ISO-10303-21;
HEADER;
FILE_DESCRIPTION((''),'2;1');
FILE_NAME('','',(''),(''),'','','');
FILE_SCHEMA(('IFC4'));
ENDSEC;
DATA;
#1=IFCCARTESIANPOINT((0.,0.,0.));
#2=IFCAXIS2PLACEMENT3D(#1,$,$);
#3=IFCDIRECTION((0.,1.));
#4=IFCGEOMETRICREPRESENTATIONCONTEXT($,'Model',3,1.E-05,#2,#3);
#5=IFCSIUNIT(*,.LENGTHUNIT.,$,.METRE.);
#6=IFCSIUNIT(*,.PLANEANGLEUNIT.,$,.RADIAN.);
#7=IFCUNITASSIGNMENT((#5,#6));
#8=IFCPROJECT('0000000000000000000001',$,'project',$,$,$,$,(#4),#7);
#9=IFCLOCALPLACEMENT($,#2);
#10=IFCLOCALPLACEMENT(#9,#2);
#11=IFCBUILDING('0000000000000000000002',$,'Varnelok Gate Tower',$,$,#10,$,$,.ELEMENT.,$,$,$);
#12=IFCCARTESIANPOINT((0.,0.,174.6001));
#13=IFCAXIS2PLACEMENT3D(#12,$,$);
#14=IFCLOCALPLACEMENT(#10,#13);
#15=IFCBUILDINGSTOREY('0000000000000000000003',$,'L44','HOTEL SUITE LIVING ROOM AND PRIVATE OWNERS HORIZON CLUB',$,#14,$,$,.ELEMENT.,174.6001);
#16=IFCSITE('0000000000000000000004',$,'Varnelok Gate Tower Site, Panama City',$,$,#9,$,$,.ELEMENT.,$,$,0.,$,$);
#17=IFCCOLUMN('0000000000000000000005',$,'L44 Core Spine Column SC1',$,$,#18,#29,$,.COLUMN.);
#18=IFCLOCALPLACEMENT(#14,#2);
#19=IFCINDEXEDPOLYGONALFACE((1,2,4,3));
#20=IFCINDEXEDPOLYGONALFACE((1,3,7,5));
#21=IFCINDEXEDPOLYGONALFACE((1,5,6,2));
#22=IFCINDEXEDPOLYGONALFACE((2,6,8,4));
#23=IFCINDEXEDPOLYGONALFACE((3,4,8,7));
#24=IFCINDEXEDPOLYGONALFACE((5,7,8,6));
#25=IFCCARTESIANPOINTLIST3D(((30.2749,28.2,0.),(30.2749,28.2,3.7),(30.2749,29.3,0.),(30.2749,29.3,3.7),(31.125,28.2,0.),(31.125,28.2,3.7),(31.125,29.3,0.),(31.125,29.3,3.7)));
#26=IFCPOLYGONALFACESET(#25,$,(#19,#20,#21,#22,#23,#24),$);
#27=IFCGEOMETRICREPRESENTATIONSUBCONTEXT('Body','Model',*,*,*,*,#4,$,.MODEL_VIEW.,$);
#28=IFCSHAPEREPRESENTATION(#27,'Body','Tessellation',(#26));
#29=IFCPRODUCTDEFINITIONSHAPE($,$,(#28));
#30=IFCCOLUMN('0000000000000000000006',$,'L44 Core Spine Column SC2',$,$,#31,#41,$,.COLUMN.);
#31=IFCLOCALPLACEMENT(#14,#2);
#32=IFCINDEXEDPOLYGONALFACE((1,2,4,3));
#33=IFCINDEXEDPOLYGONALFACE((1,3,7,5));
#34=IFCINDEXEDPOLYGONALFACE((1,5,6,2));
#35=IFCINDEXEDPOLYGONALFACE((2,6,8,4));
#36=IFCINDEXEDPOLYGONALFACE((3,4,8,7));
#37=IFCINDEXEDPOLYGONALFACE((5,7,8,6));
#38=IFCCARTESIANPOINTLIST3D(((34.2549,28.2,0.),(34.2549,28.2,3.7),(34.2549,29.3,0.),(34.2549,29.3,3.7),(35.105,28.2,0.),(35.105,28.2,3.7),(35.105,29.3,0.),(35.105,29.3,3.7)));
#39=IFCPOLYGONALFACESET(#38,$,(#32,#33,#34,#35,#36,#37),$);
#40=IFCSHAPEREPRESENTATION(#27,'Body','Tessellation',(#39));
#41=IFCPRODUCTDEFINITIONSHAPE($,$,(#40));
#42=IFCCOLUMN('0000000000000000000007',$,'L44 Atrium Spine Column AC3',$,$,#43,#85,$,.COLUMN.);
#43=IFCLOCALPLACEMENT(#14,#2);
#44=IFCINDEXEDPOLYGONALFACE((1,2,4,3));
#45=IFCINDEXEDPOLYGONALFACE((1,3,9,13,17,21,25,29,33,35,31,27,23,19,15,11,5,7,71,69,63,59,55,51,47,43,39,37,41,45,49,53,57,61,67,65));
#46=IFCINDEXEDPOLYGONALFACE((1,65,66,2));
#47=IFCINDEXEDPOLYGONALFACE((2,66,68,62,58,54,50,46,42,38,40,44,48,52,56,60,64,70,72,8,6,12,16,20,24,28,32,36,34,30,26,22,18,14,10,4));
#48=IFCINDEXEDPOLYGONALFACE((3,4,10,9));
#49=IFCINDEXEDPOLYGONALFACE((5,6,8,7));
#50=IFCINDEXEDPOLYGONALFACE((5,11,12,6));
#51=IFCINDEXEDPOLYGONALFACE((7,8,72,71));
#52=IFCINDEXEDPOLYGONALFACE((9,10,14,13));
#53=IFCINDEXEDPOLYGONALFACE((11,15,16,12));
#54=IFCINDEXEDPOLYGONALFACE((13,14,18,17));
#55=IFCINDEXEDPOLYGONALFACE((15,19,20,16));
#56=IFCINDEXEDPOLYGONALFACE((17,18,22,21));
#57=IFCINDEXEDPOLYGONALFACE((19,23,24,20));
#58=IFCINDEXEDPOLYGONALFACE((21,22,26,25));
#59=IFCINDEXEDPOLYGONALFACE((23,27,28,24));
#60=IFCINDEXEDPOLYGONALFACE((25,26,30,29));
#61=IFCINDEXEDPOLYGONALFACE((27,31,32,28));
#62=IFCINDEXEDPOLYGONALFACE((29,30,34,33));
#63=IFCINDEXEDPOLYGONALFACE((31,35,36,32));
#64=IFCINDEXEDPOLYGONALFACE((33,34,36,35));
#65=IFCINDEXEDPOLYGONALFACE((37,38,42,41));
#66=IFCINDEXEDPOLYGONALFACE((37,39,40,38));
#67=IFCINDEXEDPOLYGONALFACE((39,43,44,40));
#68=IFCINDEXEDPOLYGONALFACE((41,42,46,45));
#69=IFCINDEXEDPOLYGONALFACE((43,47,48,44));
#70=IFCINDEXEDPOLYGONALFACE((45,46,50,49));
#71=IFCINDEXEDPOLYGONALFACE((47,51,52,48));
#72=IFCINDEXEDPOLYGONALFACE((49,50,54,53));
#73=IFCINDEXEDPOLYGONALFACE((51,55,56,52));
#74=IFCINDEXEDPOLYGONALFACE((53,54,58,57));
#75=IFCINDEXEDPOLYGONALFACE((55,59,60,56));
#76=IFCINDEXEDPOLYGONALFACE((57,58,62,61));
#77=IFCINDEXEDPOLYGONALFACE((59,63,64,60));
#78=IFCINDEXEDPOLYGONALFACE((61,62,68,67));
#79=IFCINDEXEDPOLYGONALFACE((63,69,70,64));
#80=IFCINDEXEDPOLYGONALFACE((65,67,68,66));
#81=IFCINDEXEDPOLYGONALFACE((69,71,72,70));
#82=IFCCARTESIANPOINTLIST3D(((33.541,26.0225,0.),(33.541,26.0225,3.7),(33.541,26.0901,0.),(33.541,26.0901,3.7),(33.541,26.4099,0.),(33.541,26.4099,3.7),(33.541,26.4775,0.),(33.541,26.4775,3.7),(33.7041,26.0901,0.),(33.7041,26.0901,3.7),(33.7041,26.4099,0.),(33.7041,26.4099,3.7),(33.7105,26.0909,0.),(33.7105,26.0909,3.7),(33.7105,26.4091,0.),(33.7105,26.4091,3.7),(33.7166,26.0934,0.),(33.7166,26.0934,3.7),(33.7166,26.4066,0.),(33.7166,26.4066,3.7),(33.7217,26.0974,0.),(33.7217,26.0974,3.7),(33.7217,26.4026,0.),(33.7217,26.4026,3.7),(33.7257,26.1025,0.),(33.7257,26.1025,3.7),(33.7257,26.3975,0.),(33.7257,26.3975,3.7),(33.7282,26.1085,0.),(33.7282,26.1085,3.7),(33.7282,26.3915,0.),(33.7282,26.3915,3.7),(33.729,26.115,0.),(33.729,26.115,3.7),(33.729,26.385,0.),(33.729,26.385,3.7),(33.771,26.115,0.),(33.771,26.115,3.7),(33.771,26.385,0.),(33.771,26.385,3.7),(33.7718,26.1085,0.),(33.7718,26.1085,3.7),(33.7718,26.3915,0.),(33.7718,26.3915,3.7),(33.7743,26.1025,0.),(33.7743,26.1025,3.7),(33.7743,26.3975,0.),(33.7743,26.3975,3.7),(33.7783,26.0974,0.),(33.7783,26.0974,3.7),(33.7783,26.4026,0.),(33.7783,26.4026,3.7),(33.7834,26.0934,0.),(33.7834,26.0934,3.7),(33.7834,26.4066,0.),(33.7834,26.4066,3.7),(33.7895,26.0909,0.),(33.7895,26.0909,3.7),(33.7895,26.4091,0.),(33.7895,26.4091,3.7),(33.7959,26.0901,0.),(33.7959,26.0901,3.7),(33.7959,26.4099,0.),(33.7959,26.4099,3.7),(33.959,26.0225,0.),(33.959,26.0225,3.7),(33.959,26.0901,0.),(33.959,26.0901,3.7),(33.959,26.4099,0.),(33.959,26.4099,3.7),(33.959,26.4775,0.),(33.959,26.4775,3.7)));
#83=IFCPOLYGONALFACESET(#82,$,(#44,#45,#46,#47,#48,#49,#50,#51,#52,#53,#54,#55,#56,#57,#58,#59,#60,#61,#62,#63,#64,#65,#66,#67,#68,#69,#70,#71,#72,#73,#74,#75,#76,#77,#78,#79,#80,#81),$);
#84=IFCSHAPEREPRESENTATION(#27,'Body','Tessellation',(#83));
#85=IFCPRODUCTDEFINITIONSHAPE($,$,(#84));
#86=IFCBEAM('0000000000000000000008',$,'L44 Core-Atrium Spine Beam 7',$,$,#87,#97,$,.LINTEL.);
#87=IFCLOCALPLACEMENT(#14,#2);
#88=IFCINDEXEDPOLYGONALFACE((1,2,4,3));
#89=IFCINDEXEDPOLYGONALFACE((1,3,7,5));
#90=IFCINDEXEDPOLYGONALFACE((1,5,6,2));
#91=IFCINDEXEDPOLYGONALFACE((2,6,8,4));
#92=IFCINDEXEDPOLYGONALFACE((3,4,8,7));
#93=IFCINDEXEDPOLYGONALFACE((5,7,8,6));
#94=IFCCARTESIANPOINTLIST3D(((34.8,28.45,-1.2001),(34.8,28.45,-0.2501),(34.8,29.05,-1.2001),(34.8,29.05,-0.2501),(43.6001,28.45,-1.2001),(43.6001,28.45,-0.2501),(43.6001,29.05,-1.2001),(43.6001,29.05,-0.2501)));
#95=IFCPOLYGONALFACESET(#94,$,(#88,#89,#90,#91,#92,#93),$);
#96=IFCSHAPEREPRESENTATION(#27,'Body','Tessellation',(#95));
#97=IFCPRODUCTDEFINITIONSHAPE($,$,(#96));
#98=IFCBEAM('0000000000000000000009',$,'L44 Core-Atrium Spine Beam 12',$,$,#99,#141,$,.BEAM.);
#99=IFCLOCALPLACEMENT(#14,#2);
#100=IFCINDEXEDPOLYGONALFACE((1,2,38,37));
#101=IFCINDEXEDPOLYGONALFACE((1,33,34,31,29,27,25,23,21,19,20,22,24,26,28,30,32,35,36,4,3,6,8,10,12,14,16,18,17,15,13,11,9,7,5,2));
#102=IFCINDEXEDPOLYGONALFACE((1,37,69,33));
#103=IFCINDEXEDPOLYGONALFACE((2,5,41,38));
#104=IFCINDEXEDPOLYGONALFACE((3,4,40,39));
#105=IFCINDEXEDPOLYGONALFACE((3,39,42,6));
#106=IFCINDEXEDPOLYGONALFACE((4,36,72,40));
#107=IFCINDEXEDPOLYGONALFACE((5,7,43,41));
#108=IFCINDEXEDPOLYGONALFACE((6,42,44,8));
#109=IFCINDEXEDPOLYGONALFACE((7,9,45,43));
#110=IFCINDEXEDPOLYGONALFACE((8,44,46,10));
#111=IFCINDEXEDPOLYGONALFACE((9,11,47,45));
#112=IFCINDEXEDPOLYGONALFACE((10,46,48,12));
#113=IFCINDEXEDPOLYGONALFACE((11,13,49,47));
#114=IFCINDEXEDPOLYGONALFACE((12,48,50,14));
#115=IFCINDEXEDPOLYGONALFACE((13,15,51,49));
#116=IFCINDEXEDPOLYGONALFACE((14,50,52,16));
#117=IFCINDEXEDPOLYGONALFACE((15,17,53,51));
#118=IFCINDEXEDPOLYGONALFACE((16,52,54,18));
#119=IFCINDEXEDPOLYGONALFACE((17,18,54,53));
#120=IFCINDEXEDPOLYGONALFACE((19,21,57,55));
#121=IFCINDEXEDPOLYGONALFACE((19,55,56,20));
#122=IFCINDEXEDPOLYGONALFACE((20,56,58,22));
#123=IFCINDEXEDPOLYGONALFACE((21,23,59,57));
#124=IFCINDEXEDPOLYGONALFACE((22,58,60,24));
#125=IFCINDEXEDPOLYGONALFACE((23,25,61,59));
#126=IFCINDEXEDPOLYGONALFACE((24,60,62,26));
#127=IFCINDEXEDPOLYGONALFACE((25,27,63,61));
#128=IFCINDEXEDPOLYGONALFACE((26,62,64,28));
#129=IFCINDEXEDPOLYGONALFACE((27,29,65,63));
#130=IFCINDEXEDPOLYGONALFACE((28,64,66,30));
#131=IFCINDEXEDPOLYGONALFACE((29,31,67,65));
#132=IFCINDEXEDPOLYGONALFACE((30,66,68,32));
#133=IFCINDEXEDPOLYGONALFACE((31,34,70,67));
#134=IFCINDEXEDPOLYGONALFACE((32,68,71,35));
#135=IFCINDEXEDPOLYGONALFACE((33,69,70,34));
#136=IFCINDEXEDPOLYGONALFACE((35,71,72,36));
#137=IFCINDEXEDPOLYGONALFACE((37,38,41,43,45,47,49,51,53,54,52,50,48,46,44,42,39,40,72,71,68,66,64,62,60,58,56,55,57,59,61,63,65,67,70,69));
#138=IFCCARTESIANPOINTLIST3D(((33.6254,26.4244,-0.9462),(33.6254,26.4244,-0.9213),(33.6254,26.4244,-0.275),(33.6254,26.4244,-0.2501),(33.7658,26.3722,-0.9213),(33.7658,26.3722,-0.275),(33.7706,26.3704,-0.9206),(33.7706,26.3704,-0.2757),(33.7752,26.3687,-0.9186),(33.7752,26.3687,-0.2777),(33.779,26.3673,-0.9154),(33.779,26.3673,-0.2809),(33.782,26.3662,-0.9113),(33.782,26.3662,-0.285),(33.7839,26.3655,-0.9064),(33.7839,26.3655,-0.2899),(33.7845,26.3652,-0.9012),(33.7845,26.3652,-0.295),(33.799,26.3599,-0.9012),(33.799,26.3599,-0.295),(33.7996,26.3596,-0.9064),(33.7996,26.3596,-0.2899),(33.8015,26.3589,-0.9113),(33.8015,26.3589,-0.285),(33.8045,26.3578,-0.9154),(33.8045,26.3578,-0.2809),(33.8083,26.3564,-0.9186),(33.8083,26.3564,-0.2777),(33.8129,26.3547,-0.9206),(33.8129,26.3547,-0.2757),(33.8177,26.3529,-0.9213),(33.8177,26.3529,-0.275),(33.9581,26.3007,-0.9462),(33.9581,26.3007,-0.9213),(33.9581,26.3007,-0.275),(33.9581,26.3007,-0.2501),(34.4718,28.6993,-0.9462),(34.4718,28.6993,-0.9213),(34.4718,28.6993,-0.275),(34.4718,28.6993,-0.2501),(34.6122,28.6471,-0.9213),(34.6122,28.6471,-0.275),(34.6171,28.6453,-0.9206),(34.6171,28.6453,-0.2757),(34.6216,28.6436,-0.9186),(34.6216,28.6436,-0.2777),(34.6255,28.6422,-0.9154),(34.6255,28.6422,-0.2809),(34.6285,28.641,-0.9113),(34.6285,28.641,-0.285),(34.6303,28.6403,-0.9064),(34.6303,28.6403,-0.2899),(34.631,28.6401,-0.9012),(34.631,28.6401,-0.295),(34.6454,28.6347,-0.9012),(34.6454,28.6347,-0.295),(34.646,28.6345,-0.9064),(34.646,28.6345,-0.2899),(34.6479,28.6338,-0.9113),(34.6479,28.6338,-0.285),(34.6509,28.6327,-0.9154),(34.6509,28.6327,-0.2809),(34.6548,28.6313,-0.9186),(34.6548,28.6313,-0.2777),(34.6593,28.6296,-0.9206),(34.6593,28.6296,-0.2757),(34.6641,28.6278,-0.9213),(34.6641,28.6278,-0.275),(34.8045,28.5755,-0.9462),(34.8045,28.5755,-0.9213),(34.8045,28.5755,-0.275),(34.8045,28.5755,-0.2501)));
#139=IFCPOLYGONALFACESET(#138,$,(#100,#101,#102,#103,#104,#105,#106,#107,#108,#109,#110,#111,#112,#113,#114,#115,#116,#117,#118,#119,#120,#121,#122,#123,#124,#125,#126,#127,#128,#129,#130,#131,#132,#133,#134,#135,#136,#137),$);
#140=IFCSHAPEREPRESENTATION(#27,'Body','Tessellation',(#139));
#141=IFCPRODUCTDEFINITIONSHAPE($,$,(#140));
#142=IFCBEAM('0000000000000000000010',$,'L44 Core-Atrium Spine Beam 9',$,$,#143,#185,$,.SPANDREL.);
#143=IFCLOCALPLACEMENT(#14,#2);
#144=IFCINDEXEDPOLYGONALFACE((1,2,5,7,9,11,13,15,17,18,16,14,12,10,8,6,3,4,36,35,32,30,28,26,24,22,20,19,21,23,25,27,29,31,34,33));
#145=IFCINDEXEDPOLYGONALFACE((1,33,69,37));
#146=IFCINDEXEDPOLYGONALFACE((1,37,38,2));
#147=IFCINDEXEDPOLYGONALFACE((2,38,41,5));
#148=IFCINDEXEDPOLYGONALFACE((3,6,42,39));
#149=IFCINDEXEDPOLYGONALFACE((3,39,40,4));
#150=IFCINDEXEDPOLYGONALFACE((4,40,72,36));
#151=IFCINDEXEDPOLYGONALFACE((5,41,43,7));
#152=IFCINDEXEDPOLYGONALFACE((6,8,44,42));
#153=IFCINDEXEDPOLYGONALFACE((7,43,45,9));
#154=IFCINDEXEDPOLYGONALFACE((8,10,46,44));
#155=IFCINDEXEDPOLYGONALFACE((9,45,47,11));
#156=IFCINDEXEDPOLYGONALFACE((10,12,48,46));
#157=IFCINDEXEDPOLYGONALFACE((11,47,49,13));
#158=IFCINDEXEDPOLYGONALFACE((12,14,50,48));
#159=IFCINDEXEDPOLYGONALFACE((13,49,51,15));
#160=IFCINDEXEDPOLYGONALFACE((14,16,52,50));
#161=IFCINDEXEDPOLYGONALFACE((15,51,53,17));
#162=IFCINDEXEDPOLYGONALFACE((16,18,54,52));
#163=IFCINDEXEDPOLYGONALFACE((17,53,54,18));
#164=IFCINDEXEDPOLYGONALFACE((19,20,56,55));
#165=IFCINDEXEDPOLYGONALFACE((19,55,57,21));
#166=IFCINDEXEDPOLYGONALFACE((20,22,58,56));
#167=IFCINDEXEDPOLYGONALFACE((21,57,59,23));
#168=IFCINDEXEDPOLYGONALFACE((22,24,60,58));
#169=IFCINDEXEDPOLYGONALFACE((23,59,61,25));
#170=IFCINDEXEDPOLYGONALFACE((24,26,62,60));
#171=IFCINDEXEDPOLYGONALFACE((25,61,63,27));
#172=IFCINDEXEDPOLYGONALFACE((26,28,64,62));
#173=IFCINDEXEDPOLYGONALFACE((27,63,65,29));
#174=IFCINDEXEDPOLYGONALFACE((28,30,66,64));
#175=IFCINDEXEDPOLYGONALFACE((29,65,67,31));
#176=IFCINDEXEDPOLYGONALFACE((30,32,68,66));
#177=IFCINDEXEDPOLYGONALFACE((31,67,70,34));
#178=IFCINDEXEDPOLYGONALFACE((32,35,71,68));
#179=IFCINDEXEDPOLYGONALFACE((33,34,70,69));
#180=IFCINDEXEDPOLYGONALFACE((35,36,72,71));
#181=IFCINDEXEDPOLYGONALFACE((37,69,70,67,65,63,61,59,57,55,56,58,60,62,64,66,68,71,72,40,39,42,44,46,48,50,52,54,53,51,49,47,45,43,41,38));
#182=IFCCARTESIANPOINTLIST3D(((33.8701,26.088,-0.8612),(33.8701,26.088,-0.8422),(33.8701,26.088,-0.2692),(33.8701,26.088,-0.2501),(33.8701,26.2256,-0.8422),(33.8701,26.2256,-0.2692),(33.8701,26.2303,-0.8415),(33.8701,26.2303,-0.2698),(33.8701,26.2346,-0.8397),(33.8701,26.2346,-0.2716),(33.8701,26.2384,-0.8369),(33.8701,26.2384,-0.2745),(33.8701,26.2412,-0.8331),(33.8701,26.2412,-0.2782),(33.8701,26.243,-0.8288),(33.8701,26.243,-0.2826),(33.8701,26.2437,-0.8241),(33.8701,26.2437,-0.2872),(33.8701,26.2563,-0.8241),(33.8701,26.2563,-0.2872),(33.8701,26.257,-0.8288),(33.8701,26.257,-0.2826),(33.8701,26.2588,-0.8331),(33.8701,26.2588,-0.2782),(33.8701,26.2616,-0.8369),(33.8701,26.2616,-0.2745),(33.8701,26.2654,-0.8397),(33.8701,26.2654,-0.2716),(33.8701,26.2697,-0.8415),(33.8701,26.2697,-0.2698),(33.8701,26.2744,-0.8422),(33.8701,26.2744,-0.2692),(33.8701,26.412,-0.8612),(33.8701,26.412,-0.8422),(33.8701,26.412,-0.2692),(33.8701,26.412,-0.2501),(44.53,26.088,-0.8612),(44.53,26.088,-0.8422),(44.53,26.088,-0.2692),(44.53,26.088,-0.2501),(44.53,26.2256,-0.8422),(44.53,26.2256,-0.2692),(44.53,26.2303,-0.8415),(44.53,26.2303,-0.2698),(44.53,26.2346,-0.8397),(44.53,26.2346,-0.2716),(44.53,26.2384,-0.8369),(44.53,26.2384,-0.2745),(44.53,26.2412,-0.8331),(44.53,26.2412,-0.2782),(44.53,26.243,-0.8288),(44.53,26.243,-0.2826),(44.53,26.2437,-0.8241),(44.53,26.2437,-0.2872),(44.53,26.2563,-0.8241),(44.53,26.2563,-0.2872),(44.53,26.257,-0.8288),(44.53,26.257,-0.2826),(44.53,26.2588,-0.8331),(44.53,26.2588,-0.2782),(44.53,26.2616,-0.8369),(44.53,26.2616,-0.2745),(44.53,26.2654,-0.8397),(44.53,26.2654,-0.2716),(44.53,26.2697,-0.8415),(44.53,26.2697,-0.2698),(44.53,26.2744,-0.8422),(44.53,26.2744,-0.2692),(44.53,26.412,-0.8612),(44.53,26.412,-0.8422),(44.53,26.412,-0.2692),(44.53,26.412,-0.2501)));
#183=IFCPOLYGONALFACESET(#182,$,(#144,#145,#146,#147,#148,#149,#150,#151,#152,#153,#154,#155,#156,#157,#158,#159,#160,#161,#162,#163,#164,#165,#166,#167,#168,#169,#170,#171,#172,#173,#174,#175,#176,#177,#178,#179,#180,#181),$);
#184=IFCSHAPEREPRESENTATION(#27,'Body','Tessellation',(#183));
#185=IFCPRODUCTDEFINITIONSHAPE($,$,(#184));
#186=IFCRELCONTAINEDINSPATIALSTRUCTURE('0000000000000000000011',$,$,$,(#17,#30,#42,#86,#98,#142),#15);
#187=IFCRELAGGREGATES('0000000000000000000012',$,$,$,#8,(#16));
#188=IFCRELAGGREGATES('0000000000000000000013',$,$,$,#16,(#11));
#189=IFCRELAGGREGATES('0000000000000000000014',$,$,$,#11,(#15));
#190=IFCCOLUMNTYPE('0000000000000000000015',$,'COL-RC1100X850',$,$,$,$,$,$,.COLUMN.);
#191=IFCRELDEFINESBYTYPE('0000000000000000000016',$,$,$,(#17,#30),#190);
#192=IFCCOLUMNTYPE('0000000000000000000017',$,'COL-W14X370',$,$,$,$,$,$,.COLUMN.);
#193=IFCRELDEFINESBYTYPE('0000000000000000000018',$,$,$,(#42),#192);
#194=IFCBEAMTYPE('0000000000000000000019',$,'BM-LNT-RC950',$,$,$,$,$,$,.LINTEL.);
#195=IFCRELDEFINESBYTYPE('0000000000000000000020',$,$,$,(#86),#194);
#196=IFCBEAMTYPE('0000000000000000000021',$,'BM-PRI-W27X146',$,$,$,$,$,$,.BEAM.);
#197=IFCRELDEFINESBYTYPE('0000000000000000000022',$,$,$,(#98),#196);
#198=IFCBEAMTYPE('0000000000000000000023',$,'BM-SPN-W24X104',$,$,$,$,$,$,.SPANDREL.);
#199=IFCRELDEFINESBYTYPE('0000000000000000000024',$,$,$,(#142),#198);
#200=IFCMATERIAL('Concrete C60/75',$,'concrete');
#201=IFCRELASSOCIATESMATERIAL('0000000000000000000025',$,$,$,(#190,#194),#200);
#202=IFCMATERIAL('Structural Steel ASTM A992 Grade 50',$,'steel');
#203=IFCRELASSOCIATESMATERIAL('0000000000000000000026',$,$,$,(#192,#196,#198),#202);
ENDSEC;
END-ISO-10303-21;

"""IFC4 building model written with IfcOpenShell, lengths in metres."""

from ifc_helpers import new_model, si_unit, direction, frame, origin, origin_2d, place, context, subcontext, project, spatial, rectangle, i_section, extrude, material, material_profile, profile_set, type_object, element, save


model = new_model("IFC4")

# Units and contexts
model_context = context("Model", 3, precision=1e-05, world=origin(), true_north=direction((0.0, 1.0)))
body_context = subcontext(model_context, "Body", "Model", "MODEL_VIEW")
ifc_project = project(units=[si_unit("LENGTHUNIT", "METRE"), si_unit("PLANEANGLEUNIT", "RADIAN")], contexts=[model_context])

# Site, building, storey
site_placement = place(None, origin())
site = spatial("IfcSite", under=ifc_project, at=site_placement, Name="Varnelok Gate Tower Site, Panama City", CompositionType="ELEMENT", RefElevation=0.0)
building_placement = place(site_placement, origin())
building = spatial("IfcBuilding", under=site, at=building_placement, Name="Varnelok Gate Tower", CompositionType="ELEMENT")
storey_placement = place(building_placement, frame((0.0, 0.0, 174.6001)))
storey = spatial("IfcBuildingStorey", under=building, at=storey_placement, Name="L44", Description="HOTEL SUITE LIVING ROOM AND PRIVATE OWNERS HORIZON CLUB", CompositionType="ELEMENT", Elevation=174.6001)

# Columns
ifc_material_1 = material(Name="Concrete C60/75", Category="concrete")
ifc_material_profile_1 = material_profile(ifc_material_1, rectangle(XDim=0.8501, YDim=1.1001, at=origin_2d()), Name="RC1100X850")
ifc_profile_set_1 = profile_set([ifc_material_profile_1], Name="Concrete C60/75")
column_type_1 = type_object("IfcColumnType", Name="COL-RC1100X850", PredefinedType="COLUMN", material=ifc_profile_set_1)
for number, where, z_axis, x_axis, name in (
    (1, (30.7, 28.75, 0.0), (0.0, 0.0, 1.0), (1.0, 0.0, 0.0), "L44 Core Spine Column SC1"),
    (2, (34.6799, 28.75, 0.0), (0.0, 0.0, 1.0), (1.0, 0.0, 0.0), "L44 Core Spine Column SC2"),
):
    element("IfcColumn", number, at=place(storey_placement, frame(where, z_axis=z_axis, x_axis=x_axis)), inside=storey, type_object=column_type_1, Name=name, PredefinedType="COLUMN", context=body_context, shape_type="SweptSolid", body=[
        extrude(rectangle(XDim=0.8501, YDim=1.1001, at=origin_2d()), origin(), (0.0, 0.0, 1.0), 3.7),
    ])
ifc_material_2 = material(Name="Structural Steel ASTM A992 Grade 50", Category="steel")
ifc_material_profile_2 = material_profile(ifc_material_2, i_section(OverallWidth=0.418, OverallDepth=0.4551, WebThickness=0.042, FlangeThickness=0.0676, FilletRadius=0.0249, at=origin_2d()), Name="W14X370")
ifc_profile_set_2 = profile_set([ifc_material_profile_2], Name="Structural Steel ASTM A992 Grade 50")
column_type_2 = type_object("IfcColumnType", Name="COL-W14X370", PredefinedType="COLUMN", material=ifc_profile_set_2)
column_placement = place(storey_placement, frame((33.75, 26.25, 0.0), z_axis=(0.0, 0.0, 1.0), x_axis=(1.0, 0.0, 0.0)))
element("IfcColumn", 3, at=column_placement, inside=storey, type_object=column_type_2, Name="L44 Atrium Spine Column AC3", PredefinedType="COLUMN", context=body_context, shape_type="SweptSolid", body=[
    extrude(i_section(OverallWidth=0.418, OverallDepth=0.4551, WebThickness=0.042, FlangeThickness=0.0676, FilletRadius=0.0249, at=origin_2d()), origin(), (0.0, 0.0, 1.0), 3.7),
])

# Beams
ifc_material_profile_3 = material_profile(ifc_material_1, rectangle(XDim=0.6001, YDim=0.95, at=origin_2d()), Name="RC950X600")
ifc_profile_set_3 = profile_set([ifc_material_profile_3], Name="Concrete C60/75")
beam_type_1 = type_object("IfcBeamType", Name="BM-LNT-RC950", PredefinedType="LINTEL", material=ifc_profile_set_3)
beam_1_placement = place(storey_placement, frame((34.8, 28.75, -0.7251), z_axis=(1.0, 0.0, 0.0), x_axis=(0.0, 1.0, 0.0)))
element("IfcBeam", 4, at=beam_1_placement, inside=storey, type_object=beam_type_1, Name="L44 Core-Atrium Spine Beam 7", PredefinedType="LINTEL", context=body_context, shape_type="SweptSolid", body=[
    extrude(rectangle(XDim=0.6001, YDim=0.95, at=origin_2d()), origin(), (0.0, 0.0, 1.0), 8.8),
])
ifc_material_profile_4 = material_profile(ifc_material_2, i_section(OverallWidth=0.355, OverallDepth=0.696, WebThickness=0.0154, FlangeThickness=0.0249, FilletRadius=0.02, at=origin_2d()), Name="W27X146")
ifc_profile_set_4 = profile_set([ifc_material_profile_4], Name="Structural Steel ASTM A992 Grade 50")
beam_type_2 = type_object("IfcBeamType", Name="BM-PRI-W27X146", PredefinedType="BEAM", material=ifc_profile_set_4)
beam_2_placement = place(storey_placement, frame((33.7917, 26.3625, -0.5981), z_axis=(0.348719, 0.937227, 0.0), x_axis=(-0.937227, 0.348719, 0.0)))
element("IfcBeam", 5, at=beam_2_placement, inside=storey, type_object=beam_type_2, Name="L44 Core-Atrium Spine Beam 12", PredefinedType="BEAM", context=body_context, shape_type="SweptSolid", body=[
    extrude(i_section(OverallWidth=0.355, OverallDepth=0.696, WebThickness=0.0154, FlangeThickness=0.0249, FilletRadius=0.02, at=origin_2d()), origin(), (0.0, 0.0, 1.0), 2.4272),
])
ifc_material_profile_5 = material_profile(ifc_material_2, i_section(OverallWidth=0.324, OverallDepth=0.6111, WebThickness=0.0127, FlangeThickness=0.019, FilletRadius=0.0181, at=origin_2d()), Name="W24X104")
ifc_profile_set_5 = profile_set([ifc_material_profile_5], Name="Structural Steel ASTM A992 Grade 50")
beam_type_3 = type_object("IfcBeamType", Name="BM-SPN-W24X104", PredefinedType="SPANDREL", material=ifc_profile_set_5)
beam_3_placement = place(storey_placement, frame((33.8701, 26.25, -0.5557), z_axis=(1.0, 0.0, 0.0), x_axis=(0.0, 1.0, 0.0)))
element("IfcBeam", 6, at=beam_3_placement, inside=storey, type_object=beam_type_3, Name="L44 Core-Atrium Spine Beam 9", PredefinedType="SPANDREL", context=body_context, shape_type="SweptSolid", body=[
    extrude(i_section(OverallWidth=0.324, OverallDepth=0.6111, WebThickness=0.0127, FlangeThickness=0.019, FilletRadius=0.0181, at=origin_2d()), origin(), (0.0, 0.0, 1.0), 10.6599),
])

save(model, "model.ifc")
